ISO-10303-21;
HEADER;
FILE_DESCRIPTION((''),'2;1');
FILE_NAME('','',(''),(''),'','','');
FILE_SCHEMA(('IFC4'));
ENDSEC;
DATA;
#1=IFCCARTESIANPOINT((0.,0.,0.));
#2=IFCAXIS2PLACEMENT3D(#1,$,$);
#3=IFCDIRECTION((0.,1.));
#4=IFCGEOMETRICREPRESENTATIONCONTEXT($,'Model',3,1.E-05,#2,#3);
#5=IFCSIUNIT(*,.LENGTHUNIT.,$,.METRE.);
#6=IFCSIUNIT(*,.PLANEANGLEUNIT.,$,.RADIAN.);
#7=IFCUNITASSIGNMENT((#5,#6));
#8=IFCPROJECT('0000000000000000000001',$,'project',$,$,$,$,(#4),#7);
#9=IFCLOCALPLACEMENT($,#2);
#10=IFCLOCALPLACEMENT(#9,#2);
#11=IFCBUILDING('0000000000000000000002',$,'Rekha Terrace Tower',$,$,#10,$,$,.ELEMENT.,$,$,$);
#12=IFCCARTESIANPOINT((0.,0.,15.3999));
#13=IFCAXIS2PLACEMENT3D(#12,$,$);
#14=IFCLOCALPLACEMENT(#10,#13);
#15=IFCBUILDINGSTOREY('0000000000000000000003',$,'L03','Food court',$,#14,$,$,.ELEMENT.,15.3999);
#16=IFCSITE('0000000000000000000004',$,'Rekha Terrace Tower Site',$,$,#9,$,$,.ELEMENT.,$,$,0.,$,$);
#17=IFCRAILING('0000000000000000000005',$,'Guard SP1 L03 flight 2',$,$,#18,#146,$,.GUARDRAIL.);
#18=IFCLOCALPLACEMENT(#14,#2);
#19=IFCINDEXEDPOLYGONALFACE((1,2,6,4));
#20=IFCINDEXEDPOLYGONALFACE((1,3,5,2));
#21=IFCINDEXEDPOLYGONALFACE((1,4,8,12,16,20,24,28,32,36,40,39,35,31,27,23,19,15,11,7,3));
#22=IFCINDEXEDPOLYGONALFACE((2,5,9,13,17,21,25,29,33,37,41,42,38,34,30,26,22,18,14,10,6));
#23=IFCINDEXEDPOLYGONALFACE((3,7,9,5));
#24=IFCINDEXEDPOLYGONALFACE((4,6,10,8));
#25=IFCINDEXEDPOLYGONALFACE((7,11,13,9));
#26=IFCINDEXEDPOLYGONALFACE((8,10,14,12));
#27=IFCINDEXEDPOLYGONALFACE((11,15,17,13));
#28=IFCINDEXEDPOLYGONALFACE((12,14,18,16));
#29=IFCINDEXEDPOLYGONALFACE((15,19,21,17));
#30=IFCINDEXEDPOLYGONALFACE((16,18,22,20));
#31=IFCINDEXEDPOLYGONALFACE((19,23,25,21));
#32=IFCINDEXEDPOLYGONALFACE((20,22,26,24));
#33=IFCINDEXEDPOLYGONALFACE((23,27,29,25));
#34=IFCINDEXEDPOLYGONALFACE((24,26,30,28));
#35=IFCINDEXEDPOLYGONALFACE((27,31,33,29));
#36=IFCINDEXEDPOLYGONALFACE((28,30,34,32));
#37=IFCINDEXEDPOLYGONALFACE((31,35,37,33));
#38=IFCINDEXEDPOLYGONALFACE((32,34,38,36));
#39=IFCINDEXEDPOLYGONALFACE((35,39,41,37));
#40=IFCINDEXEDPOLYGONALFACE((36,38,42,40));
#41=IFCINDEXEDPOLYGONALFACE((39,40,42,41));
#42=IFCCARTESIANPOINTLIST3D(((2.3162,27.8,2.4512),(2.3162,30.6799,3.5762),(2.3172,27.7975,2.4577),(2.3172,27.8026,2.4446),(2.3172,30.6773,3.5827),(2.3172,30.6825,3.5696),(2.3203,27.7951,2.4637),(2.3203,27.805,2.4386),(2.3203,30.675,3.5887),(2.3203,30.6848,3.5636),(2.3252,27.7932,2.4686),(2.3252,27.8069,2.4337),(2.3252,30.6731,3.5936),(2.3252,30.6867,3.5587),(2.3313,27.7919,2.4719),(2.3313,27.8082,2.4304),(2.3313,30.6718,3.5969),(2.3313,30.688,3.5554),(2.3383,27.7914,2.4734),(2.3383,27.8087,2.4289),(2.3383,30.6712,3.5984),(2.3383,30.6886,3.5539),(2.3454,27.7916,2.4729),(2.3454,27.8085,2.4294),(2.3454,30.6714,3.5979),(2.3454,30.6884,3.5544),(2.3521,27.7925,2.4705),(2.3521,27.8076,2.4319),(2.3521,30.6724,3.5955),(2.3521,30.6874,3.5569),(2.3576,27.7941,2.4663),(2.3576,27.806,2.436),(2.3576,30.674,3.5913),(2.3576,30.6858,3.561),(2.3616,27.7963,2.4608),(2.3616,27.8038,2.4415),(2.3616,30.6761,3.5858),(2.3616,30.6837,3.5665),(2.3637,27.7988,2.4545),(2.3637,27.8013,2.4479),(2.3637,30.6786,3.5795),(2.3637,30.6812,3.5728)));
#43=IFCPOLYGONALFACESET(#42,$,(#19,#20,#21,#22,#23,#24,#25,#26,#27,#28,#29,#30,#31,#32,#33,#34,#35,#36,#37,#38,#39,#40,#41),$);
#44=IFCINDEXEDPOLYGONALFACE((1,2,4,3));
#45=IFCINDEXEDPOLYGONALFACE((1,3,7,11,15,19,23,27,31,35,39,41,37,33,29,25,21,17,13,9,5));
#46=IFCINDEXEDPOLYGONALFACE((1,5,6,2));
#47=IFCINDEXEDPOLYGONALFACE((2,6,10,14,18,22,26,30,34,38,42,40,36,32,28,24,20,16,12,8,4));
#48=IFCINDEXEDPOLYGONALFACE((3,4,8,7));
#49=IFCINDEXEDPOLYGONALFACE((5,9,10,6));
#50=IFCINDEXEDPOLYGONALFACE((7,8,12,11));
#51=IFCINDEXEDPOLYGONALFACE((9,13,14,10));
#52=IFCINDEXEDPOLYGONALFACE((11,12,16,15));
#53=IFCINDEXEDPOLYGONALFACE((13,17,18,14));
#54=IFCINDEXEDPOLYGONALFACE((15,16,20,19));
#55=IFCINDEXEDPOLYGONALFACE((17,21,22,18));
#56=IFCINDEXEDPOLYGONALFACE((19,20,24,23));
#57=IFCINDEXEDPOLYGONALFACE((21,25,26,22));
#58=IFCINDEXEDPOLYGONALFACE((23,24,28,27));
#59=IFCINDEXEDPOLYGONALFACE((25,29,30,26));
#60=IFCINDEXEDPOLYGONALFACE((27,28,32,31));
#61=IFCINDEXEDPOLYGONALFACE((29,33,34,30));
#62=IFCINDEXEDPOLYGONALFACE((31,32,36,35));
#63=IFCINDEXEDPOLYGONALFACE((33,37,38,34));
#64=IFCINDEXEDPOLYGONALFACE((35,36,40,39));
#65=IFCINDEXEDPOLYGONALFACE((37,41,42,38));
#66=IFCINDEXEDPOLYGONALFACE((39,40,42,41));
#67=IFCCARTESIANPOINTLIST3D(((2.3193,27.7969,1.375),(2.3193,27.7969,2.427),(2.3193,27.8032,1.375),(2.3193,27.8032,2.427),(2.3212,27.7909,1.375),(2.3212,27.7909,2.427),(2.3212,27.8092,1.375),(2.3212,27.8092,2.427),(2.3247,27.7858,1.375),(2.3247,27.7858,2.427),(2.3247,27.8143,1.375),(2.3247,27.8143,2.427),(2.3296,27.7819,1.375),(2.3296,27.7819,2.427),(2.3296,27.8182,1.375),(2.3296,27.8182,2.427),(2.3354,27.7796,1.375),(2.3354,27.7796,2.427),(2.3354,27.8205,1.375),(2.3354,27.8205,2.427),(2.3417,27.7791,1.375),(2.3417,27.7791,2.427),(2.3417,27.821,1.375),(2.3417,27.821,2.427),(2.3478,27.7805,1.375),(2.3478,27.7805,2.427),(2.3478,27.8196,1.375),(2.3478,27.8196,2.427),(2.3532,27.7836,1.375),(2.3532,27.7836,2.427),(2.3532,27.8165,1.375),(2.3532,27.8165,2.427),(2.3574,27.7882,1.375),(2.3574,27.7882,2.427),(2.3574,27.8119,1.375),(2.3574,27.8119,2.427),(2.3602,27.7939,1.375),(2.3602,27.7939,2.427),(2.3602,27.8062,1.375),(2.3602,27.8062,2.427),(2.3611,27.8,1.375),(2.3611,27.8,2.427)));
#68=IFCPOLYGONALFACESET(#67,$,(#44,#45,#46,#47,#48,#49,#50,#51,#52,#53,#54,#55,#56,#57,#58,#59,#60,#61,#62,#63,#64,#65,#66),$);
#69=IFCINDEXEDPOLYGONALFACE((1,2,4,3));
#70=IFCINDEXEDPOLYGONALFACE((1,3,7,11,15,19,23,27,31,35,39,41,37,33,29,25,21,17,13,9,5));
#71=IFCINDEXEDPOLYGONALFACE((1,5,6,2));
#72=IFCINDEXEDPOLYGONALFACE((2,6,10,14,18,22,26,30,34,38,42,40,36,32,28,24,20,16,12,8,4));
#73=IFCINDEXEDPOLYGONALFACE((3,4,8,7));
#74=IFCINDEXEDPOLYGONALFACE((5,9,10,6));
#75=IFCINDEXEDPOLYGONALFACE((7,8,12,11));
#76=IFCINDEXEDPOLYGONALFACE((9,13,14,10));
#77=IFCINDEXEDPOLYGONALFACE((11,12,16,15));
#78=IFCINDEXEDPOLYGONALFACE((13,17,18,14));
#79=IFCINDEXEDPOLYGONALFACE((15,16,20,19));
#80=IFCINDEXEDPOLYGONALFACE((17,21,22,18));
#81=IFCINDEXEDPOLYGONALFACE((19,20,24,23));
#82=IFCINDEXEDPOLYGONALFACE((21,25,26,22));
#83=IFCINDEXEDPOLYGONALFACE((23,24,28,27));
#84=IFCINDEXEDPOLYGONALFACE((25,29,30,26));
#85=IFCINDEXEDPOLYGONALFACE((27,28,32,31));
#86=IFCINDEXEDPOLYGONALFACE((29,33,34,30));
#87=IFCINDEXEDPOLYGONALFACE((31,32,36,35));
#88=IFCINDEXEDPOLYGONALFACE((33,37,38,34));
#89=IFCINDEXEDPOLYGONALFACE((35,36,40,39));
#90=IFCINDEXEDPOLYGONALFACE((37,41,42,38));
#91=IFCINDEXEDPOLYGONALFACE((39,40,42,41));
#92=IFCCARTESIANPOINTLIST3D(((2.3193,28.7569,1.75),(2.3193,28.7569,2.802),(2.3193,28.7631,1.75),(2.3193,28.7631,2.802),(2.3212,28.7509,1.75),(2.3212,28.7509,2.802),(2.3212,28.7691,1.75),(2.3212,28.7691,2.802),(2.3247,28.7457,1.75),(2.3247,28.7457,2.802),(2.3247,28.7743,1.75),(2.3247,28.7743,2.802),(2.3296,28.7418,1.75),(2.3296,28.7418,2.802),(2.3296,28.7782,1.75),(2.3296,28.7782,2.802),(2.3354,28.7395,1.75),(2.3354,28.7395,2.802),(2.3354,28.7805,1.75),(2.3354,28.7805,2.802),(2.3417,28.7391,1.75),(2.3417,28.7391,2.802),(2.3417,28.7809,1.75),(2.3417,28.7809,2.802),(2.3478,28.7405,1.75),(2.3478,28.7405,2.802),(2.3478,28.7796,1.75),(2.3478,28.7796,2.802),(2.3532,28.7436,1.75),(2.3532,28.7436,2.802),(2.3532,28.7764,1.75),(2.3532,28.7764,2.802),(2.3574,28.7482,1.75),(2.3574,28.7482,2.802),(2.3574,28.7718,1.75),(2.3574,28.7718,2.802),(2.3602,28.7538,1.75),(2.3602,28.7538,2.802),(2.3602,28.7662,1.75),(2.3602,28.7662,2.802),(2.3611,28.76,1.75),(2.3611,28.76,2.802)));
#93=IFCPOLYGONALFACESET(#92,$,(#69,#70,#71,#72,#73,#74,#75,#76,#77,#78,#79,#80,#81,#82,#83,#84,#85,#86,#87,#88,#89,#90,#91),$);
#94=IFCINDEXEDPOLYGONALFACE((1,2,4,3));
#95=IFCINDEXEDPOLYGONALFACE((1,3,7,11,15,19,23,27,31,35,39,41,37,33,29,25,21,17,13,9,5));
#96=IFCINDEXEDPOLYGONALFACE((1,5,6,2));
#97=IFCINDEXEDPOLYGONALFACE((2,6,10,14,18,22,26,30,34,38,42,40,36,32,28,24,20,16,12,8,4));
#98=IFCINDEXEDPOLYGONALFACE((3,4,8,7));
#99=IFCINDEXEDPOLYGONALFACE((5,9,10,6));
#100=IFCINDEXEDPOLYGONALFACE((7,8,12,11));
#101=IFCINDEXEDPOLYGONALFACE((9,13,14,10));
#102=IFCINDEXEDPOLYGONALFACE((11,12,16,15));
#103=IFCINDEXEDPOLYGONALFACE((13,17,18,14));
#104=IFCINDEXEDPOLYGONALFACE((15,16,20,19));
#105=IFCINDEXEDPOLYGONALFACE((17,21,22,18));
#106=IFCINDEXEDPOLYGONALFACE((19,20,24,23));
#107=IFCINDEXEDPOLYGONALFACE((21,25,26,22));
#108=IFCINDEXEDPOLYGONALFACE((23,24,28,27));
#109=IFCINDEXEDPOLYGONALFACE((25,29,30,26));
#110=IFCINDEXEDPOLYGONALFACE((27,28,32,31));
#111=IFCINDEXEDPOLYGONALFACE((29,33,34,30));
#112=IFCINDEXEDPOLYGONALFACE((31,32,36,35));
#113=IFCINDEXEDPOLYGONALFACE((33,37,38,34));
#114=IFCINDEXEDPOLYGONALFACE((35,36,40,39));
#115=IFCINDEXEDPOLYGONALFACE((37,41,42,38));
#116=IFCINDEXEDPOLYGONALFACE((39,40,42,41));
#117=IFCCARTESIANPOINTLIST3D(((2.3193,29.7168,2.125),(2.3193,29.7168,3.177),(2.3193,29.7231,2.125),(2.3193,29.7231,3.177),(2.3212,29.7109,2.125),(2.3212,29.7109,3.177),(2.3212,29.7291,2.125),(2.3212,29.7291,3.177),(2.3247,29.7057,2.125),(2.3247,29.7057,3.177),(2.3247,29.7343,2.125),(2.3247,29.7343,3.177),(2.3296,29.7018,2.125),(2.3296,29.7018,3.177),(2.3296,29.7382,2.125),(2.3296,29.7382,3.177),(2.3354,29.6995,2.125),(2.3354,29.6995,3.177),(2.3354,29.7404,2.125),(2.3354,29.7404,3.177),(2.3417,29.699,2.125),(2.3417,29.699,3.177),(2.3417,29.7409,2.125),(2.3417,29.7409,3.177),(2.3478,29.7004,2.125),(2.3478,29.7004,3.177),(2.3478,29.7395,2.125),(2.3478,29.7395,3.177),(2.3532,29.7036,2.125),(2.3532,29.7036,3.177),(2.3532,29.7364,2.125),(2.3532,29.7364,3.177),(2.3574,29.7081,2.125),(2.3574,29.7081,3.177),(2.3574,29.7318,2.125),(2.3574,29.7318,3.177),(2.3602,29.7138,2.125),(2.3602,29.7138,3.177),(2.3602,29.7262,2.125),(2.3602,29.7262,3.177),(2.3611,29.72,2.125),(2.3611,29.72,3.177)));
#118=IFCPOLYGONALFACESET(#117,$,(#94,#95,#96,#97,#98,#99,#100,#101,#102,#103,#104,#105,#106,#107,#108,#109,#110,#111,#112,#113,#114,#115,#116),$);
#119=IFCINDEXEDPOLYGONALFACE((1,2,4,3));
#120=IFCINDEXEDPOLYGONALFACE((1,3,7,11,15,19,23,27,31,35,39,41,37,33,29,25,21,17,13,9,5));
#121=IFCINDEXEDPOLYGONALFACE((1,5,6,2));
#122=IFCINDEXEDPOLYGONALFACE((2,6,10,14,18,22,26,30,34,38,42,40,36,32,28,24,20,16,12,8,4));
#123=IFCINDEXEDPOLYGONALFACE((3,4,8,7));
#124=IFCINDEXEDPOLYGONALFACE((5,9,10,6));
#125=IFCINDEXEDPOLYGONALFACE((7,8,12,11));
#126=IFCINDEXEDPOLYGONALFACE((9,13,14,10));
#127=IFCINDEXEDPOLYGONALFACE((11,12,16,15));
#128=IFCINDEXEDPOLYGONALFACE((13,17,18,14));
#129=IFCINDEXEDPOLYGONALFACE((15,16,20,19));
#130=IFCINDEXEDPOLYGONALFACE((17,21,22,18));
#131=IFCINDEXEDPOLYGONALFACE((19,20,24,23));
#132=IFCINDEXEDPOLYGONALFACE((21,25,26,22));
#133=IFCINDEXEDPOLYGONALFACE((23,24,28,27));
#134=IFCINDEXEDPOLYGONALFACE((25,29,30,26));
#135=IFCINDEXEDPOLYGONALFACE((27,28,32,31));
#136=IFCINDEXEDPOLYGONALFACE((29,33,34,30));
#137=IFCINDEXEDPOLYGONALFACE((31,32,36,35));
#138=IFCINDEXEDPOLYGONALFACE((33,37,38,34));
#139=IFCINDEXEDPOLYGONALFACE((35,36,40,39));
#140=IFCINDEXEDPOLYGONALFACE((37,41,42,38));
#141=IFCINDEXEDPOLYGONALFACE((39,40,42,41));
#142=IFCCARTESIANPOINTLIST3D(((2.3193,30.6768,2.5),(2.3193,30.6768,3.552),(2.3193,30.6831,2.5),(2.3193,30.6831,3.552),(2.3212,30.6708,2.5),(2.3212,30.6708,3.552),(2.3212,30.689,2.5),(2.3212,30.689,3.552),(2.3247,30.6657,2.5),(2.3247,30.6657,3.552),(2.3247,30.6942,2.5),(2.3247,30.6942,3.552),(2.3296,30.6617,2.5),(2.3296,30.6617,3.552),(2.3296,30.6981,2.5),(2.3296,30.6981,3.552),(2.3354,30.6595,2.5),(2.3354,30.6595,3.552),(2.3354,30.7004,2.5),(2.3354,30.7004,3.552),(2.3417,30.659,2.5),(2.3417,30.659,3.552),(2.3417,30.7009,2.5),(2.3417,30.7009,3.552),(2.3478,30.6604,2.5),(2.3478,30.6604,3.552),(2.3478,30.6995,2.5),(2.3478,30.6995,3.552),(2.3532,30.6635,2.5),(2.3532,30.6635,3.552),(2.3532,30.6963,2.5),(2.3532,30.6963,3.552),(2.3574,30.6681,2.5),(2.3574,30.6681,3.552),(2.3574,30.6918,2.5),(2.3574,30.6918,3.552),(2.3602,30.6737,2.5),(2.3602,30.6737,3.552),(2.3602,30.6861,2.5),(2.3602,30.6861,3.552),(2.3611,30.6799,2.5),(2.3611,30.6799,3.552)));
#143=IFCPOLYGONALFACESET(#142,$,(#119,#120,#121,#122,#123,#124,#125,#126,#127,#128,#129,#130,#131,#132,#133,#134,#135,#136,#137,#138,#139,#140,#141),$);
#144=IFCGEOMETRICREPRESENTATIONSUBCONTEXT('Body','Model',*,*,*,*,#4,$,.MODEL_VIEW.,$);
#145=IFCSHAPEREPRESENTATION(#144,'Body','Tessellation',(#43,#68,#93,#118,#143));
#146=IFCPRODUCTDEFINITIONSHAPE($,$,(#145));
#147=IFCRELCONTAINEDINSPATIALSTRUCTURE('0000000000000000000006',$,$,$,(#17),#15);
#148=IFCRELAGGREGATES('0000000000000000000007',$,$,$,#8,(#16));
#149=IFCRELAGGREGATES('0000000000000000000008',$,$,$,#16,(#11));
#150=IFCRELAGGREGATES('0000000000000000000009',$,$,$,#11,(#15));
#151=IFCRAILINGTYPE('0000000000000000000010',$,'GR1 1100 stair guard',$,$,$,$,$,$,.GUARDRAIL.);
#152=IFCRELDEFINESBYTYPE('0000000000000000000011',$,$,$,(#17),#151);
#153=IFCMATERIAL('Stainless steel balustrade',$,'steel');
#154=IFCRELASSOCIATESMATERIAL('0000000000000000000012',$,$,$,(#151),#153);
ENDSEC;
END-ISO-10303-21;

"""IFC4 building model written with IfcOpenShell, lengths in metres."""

from ifc_helpers import new_model, si_unit, direction, frame, origin, origin_2d, place, context, subcontext, project, spatial, circle, extrude, material, type_object, element, save


model = new_model("IFC4")

# Units and contexts
model_context = context("Model", 3, precision=1e-05, world=origin(), true_north=direction((0.0, 1.0)))
body_context = subcontext(model_context, "Body", "Model", "MODEL_VIEW")
ifc_project = project(units=[si_unit("LENGTHUNIT", "METRE"), si_unit("PLANEANGLEUNIT", "RADIAN")], contexts=[model_context])

# Site, building, storey
site_placement = place(None, origin())
site = spatial("IfcSite", under=ifc_project, at=site_placement, Name="Rekha Terrace Tower Site", CompositionType="ELEMENT", RefElevation=0.0)
building_placement = place(site_placement, origin())
building = spatial("IfcBuilding", under=site, at=building_placement, Name="Rekha Terrace Tower", CompositionType="ELEMENT")
storey_placement = place(building_placement, frame((0.0, 0.0, 15.3999)))
storey = spatial("IfcBuildingStorey", under=building, at=storey_placement, Name="L03", Description="Food court", CompositionType="ELEMENT", Elevation=15.3999)

# Railing
ifc_material_1 = material(Name="Stainless steel balustrade", Category="steel")
railing_type_1 = type_object("IfcRailingType", Name="GR1 1100 stair guard", PredefinedType="GUARDRAIL", material=ifc_material_1)
railing_1_placement = place(storey_placement, frame((2.3401, 27.8, 1.375)))
element("IfcRailing", 1, at=railing_1_placement, inside=storey, type_object=railing_type_1, Name="Guard SP1 L03 flight 2", PredefinedType="GUARDRAIL", context=body_context, shape_type="SweptSolid", body=[
    extrude(circle(Radius=0.0239, at=origin_2d()), frame((0.0, 0.0, 1.0762), z_axis=(0.0, 0.931452, 0.363863), x_axis=(-1.0, 0.0, 0.0)), (0.0, 0.0, 1.0), 3.0918),
    extrude(circle(Radius=0.021, at=origin_2d()), origin(), (0.0, 0.0, 1.0), 1.052),
    extrude(circle(Radius=0.021, at=origin_2d()), frame((0.0, 0.96, 0.375)), (0.0, 0.0, 1.0), 1.052),
    extrude(circle(Radius=0.021, at=origin_2d()), frame((0.0, 1.9199, 0.75)), (0.0, 0.0, 1.0), 1.052),
    extrude(circle(Radius=0.021, at=origin_2d()), frame((0.0, 2.8799, 1.125)), (0.0, 0.0, 1.0), 1.052),
])

save(model, "model.ifc")
